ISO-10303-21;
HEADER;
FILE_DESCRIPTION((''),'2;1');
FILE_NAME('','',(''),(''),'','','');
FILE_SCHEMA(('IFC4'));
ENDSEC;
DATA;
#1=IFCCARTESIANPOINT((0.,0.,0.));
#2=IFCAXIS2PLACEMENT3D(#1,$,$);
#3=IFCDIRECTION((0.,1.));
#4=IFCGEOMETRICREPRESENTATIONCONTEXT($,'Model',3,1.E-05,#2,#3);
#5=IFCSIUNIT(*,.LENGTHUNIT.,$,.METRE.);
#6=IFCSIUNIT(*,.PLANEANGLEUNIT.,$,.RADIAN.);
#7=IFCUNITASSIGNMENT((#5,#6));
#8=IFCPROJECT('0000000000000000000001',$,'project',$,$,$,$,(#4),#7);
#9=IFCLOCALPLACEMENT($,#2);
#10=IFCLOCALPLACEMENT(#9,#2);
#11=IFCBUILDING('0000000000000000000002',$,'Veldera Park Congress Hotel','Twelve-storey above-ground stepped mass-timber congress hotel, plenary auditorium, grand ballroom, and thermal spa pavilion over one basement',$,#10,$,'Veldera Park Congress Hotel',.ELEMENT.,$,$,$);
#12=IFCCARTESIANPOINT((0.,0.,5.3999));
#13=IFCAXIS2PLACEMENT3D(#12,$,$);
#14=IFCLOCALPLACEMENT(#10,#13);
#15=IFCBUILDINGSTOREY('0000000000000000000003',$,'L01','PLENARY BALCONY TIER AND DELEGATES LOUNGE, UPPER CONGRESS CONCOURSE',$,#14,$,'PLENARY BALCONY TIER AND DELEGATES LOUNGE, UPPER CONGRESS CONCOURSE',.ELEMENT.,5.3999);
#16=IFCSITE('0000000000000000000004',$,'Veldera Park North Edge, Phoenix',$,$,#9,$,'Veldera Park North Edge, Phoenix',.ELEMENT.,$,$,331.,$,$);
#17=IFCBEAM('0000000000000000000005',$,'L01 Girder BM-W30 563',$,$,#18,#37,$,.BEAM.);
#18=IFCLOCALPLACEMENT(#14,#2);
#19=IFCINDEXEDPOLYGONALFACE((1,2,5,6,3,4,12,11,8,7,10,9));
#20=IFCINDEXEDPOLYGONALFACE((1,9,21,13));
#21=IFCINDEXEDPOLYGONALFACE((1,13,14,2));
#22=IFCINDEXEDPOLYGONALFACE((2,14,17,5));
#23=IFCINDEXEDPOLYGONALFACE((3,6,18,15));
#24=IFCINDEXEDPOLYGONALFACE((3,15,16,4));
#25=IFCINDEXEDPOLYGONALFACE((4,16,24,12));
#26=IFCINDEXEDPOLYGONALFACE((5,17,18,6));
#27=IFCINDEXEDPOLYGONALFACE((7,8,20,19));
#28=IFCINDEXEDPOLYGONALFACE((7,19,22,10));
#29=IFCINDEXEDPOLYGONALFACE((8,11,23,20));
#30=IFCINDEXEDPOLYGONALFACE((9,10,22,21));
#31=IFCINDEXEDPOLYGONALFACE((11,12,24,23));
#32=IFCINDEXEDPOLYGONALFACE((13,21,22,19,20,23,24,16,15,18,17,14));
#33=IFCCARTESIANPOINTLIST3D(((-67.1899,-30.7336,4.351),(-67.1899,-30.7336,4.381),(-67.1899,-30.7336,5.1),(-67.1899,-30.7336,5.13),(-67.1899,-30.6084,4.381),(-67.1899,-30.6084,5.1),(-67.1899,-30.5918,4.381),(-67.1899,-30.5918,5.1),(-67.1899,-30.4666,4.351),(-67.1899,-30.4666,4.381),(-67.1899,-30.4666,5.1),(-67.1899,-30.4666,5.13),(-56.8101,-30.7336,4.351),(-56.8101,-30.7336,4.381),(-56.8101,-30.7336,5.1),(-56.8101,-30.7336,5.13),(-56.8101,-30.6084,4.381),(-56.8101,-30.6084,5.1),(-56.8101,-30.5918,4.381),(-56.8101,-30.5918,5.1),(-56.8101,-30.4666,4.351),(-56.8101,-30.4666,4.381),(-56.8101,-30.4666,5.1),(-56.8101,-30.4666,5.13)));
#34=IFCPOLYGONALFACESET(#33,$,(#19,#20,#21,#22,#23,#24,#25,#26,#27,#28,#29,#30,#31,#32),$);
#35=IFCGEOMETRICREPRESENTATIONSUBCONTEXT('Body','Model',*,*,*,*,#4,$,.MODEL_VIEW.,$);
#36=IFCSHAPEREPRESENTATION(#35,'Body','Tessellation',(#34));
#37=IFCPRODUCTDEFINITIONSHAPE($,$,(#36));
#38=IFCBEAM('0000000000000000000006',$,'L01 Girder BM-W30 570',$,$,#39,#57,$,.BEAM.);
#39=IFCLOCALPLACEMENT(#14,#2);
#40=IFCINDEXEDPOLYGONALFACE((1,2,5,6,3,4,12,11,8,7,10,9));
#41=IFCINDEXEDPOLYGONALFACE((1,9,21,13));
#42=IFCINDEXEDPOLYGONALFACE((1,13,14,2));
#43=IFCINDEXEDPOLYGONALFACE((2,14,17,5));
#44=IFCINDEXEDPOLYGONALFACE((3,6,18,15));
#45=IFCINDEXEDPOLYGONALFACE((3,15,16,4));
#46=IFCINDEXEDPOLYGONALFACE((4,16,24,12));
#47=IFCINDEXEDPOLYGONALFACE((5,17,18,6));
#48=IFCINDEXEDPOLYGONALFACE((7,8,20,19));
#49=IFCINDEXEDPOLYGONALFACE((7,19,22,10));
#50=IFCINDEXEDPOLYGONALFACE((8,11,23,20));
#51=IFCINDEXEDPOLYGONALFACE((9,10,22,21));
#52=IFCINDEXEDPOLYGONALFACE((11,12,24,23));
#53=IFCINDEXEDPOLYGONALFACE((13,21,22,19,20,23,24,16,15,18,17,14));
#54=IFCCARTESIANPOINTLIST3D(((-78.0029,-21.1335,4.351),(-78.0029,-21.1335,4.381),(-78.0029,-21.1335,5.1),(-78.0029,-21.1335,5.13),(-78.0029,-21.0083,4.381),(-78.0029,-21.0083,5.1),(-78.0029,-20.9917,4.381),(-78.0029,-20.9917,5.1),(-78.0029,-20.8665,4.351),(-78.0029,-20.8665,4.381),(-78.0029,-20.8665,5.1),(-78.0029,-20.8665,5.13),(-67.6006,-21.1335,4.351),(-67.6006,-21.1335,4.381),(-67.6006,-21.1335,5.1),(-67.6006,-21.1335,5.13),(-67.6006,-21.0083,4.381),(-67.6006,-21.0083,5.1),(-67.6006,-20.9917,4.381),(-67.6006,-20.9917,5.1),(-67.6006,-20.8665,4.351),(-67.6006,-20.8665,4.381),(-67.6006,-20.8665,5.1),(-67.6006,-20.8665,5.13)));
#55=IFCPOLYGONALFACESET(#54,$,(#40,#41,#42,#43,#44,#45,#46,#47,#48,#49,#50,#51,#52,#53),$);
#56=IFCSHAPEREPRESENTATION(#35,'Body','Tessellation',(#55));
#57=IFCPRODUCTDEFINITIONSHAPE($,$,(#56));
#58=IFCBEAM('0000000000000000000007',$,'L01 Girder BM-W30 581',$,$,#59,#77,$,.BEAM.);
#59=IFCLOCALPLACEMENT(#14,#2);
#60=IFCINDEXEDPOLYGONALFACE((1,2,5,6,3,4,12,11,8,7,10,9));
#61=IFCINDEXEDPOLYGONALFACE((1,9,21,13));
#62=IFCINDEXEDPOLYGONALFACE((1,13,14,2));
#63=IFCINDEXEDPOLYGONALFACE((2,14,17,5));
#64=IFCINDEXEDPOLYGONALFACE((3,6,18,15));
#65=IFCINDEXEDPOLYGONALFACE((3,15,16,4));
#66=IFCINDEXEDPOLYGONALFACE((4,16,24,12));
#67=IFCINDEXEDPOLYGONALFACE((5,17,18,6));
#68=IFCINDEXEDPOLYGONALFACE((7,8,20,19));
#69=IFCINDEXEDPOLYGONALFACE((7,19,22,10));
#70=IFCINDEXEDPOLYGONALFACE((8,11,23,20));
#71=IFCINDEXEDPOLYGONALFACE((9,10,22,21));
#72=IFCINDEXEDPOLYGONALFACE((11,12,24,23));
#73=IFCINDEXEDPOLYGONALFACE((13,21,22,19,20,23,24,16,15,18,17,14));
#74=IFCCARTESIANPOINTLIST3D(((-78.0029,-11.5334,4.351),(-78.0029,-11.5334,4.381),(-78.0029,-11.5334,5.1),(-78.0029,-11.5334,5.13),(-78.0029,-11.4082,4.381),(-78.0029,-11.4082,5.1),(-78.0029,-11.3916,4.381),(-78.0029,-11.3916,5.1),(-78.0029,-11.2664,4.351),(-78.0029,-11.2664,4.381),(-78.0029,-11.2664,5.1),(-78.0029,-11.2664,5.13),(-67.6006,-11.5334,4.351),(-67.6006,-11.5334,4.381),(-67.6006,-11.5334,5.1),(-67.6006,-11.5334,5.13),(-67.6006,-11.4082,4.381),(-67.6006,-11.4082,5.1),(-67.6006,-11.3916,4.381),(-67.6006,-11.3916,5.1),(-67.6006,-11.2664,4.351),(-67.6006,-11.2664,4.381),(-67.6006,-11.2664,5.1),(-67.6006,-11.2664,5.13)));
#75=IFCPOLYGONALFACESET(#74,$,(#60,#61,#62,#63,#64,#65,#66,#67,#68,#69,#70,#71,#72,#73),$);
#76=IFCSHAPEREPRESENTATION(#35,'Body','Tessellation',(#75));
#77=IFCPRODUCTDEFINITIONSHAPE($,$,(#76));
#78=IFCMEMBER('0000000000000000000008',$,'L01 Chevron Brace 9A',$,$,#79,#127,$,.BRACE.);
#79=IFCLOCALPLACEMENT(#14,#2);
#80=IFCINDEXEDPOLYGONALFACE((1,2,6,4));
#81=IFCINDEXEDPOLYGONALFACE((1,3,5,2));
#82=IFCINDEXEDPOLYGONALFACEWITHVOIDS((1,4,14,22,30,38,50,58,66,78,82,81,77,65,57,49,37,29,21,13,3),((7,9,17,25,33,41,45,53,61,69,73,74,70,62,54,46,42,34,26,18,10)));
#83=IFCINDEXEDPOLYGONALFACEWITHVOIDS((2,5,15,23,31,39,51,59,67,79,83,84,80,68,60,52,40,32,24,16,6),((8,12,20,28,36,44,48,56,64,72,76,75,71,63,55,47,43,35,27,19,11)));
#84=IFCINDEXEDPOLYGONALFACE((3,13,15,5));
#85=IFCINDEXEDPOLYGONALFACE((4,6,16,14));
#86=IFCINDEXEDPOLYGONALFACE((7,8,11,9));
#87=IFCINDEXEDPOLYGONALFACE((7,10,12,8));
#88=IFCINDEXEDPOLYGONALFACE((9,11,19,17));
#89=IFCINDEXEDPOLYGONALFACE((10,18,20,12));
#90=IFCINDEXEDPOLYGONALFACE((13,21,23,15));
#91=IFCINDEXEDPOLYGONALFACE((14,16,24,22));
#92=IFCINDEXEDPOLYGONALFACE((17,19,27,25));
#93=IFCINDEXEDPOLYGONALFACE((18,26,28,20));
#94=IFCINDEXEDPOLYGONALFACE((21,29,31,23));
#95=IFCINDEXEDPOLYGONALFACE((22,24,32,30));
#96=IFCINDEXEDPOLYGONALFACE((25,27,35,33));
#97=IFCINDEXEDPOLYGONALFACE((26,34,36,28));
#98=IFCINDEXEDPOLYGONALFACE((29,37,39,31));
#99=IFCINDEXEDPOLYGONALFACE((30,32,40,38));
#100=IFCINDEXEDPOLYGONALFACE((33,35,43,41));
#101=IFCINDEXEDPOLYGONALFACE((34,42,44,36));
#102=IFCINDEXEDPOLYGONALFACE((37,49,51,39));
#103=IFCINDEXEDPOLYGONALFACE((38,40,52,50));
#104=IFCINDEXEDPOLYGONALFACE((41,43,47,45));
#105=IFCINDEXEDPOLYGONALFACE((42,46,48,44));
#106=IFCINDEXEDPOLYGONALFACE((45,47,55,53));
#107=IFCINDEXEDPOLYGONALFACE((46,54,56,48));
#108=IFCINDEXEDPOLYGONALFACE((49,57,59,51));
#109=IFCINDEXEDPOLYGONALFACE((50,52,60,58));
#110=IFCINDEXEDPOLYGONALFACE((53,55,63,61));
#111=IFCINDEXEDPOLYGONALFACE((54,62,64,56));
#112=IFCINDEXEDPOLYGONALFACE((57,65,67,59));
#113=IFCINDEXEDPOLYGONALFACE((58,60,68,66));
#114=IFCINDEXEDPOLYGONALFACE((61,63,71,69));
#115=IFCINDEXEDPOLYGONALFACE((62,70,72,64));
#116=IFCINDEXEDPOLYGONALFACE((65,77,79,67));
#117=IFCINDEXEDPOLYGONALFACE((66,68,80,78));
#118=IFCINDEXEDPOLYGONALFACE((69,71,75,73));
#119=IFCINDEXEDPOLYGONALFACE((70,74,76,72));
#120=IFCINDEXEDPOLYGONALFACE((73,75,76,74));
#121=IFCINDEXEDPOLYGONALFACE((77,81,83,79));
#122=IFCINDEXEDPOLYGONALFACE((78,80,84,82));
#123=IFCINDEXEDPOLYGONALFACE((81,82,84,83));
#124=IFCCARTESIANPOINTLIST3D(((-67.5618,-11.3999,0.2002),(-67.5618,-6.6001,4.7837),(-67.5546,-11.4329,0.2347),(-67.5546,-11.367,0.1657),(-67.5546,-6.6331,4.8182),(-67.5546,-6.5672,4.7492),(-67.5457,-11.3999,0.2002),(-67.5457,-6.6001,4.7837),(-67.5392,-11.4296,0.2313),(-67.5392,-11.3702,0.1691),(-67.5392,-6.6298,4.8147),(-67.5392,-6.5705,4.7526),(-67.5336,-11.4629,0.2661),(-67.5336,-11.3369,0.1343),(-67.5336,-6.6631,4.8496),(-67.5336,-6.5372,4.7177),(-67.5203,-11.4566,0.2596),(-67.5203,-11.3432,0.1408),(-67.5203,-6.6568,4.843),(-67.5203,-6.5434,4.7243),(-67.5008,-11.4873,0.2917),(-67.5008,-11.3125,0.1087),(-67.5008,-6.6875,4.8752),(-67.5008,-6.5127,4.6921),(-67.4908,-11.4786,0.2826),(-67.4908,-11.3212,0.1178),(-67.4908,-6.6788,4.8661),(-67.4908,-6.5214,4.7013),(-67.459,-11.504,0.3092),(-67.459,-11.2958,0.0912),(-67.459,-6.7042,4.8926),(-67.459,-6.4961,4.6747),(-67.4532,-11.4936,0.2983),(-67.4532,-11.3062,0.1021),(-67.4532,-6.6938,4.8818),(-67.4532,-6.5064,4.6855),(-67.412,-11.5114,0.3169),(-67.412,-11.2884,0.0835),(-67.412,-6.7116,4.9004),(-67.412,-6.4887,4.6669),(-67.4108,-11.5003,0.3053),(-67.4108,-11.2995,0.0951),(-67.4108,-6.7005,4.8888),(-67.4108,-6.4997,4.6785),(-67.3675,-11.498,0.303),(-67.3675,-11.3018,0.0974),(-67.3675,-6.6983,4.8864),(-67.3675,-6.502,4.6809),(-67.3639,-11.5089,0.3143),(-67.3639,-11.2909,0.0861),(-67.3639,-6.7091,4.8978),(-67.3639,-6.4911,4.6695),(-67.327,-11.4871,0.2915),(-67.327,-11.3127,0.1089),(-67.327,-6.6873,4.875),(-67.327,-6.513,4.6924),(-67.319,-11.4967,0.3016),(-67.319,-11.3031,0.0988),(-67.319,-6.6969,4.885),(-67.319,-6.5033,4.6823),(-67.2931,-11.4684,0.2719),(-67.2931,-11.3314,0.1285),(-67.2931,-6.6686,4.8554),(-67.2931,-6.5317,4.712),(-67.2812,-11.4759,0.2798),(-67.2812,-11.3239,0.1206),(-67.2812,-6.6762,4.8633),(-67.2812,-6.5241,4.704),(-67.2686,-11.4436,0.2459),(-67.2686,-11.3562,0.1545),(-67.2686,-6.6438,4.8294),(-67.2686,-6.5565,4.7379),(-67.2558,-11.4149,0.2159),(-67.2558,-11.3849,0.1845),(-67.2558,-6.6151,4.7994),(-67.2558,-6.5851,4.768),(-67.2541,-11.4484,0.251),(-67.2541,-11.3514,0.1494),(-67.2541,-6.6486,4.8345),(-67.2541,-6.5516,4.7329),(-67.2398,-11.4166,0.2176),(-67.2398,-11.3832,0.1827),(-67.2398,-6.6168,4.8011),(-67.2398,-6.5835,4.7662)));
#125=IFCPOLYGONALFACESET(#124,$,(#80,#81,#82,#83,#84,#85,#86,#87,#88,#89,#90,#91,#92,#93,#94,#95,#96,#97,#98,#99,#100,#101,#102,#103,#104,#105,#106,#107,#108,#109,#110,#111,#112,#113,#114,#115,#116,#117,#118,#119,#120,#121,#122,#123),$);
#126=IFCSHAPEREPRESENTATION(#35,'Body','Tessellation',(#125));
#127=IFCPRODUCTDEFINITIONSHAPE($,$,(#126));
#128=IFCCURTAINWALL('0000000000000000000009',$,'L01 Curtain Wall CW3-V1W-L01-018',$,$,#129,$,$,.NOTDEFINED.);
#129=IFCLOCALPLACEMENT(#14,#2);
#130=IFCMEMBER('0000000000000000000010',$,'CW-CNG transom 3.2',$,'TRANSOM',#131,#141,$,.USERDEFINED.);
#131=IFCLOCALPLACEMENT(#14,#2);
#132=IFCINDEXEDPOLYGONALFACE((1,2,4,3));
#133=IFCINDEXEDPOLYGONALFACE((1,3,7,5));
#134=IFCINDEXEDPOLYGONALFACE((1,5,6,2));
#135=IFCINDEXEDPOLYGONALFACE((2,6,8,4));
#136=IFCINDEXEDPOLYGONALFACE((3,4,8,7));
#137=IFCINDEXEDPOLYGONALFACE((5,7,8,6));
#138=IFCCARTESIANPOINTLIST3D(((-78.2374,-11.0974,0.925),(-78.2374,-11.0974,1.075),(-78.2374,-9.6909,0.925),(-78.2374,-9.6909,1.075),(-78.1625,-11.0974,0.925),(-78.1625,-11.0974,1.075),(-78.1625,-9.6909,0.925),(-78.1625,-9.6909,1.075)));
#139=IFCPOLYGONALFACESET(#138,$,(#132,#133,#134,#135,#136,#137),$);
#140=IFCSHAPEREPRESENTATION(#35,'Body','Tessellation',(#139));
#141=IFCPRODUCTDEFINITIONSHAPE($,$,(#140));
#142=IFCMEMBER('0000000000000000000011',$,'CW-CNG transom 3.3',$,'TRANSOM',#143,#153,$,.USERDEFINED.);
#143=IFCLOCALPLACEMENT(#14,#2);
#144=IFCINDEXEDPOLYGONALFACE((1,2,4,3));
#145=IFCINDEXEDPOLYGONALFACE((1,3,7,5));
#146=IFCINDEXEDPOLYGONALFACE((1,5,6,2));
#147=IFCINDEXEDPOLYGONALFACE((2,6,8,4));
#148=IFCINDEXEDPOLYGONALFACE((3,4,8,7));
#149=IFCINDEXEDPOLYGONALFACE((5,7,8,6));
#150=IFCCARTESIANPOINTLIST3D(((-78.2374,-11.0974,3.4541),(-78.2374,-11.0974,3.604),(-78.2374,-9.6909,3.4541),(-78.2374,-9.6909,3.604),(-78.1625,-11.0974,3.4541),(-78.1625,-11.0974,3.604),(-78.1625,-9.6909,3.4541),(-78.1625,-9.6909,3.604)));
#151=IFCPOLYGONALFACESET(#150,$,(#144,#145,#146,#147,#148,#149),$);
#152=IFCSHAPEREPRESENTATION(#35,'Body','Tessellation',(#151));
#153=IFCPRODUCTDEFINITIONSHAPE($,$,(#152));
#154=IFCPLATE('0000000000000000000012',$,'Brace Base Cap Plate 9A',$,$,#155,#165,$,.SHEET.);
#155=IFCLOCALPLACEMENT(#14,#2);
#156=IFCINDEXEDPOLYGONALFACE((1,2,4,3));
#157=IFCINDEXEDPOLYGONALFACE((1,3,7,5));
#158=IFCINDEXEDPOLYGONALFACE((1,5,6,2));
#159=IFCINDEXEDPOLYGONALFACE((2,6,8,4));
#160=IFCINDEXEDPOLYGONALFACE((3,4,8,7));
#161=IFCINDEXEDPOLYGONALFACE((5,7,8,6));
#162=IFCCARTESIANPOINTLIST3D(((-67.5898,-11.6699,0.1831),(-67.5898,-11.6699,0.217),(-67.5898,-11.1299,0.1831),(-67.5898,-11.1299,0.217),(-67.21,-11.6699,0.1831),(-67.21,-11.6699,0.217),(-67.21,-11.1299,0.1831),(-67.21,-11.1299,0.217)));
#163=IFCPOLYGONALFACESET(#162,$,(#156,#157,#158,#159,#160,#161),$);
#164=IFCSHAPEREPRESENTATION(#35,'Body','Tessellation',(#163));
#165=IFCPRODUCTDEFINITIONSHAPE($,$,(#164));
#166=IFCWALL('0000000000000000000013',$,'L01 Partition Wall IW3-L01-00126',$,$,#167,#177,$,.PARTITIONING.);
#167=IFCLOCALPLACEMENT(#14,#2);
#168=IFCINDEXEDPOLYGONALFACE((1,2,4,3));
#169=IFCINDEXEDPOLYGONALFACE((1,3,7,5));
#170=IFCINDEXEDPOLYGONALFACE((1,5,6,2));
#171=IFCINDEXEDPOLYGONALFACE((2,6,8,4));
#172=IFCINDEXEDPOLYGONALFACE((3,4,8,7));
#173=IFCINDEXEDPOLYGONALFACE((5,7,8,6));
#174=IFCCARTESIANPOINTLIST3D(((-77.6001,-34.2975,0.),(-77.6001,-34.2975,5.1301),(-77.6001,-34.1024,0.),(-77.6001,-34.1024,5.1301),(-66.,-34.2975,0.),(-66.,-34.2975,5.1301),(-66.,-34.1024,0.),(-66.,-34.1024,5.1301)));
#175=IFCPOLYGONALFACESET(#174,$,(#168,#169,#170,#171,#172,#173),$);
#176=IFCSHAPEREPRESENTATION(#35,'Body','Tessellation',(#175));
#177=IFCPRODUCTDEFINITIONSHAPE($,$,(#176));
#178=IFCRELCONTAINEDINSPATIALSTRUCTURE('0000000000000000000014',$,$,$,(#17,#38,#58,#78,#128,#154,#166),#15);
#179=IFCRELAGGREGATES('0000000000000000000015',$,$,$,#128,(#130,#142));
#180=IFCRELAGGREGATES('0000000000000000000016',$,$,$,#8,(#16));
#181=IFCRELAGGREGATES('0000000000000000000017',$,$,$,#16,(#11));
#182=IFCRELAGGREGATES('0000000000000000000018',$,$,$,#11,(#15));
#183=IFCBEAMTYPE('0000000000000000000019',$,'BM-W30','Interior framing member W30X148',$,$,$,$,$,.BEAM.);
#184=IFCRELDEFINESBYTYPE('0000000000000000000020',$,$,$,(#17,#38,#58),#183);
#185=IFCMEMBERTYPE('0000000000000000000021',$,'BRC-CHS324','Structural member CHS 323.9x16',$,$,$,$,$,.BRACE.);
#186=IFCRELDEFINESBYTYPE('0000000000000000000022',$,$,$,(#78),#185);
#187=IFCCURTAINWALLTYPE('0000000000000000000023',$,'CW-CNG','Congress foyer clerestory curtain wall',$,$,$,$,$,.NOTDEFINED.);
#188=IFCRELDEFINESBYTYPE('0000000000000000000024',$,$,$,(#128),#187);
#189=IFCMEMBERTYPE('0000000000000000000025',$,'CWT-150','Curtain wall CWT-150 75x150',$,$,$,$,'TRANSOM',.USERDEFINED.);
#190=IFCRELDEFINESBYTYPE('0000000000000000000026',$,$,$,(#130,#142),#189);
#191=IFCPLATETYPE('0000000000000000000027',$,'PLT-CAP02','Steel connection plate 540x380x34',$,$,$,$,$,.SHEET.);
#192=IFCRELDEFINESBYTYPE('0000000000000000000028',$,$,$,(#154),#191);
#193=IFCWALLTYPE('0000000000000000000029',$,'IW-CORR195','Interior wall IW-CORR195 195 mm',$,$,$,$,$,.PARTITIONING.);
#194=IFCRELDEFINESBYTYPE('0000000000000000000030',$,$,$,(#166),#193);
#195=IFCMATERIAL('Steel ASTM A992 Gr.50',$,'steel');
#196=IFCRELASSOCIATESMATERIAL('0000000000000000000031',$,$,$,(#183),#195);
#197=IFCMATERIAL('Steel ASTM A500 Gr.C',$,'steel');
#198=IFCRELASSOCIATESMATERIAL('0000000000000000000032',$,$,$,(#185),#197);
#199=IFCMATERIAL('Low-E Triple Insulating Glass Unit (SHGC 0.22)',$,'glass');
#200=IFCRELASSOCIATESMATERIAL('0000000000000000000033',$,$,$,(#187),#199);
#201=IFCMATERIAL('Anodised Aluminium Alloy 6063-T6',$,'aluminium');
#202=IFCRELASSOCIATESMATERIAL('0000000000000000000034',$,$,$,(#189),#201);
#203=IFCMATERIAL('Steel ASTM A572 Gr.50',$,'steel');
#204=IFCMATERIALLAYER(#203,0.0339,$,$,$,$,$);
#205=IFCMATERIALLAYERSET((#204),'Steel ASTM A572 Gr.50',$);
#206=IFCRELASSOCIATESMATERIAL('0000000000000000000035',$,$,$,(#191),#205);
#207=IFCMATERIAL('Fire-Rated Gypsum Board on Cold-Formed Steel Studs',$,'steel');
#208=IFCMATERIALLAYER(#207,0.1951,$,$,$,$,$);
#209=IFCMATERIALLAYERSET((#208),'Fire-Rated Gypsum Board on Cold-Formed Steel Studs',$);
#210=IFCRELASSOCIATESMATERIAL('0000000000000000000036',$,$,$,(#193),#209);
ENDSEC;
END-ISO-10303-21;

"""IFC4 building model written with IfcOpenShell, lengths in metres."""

from ifc_helpers import new_model, si_unit, direction, frame, frame_2d, origin, origin_2d, place, context, subcontext, project, spatial, rectangle, hollow_circle, i_section, extrude, material, layer, layer_set, material_profile, profile_set, type_object, element, aggregate, save


model = new_model("IFC4")

# Units and contexts
model_context = context("Model", 3, precision=1e-05, world=origin(), true_north=direction((0.0, 1.0)))
body_context = subcontext(model_context, "Body", "Model", "MODEL_VIEW")
ifc_project = project(units=[si_unit("LENGTHUNIT", "METRE"), si_unit("PLANEANGLEUNIT", "RADIAN")], contexts=[model_context])

# Site, building, storey
site_placement = place(None, origin())
site = spatial("IfcSite", under=ifc_project, at=site_placement, Name="Veldera Park North Edge, Phoenix", LongName="Veldera Park North Edge, Phoenix", CompositionType="ELEMENT", RefElevation=331.0)
building_placement = place(site_placement, origin())
building = spatial("IfcBuilding", under=site, at=building_placement, Name="Veldera Park Congress Hotel", Description="Twelve-storey above-ground stepped mass-timber congress hotel, plenary auditorium, grand ballroom, and thermal spa pavilion over one basement", LongName="Veldera Park Congress Hotel", CompositionType="ELEMENT")
storey_placement = place(building_placement, frame((0.0, 0.0, 5.3999)))
storey = spatial("IfcBuildingStorey", under=building, at=storey_placement, Name="L01", Description="PLENARY BALCONY TIER AND DELEGATES LOUNGE, UPPER CONGRESS CONCOURSE", LongName="PLENARY BALCONY TIER AND DELEGATES LOUNGE, UPPER CONGRESS CONCOURSE", CompositionType="ELEMENT", Elevation=5.3999)

# Shared definitions
ifc_material_1 = material(Name="Steel ASTM A992 Gr.50", Category="steel")

# Beams
ifc_material_profile_1 = material_profile(ifc_material_1, i_section(OverallWidth=0.2671, OverallDepth=0.7791, WebThickness=0.0166, FlangeThickness=0.03, at=origin_2d()), Name="W30X148")
ifc_profile_set_1 = profile_set([ifc_material_profile_1], Name="Steel ASTM A992 Gr.50")
beam_type_1 = type_object("IfcBeamType", Name="BM-W30", Description="Interior framing member W30X148", PredefinedType="BEAM", material=ifc_profile_set_1)
beam_1_placement = place(storey_placement, frame((-67.1899, -30.6001, 4.7405), z_axis=(1.0, 0.0, 0.0), x_axis=(0.0, 1.0, 0.0)))
element("IfcBeam", 1, at=beam_1_placement, inside=storey, type_object=beam_type_1, Name="L01 Girder BM-W30 563", PredefinedType="BEAM", context=body_context, shape_type="SweptSolid", body=[
    extrude(i_section(OverallWidth=0.2671, OverallDepth=0.7791, WebThickness=0.0166, FlangeThickness=0.03, at=origin_2d()), origin(), (0.0, 0.0, 1.0), 10.3799),
])
for number, where, z_axis, x_axis, name in (
    (2, (-78.0029, -21.0, 4.7405), (1.0, 0.0, 0.0), (0.0, 1.0, 0.0), "L01 Girder BM-W30 570"),
    (3, (-78.0029, -11.3999, 4.7405), (1.0, 0.0, 0.0), (0.0, 1.0, 0.0), "L01 Girder BM-W30 581"),
):
    element("IfcBeam", number, at=place(storey_placement, frame(where, z_axis=z_axis, x_axis=x_axis)), inside=storey, type_object=beam_type_1, Name=name, PredefinedType="BEAM", context=body_context, shape_type="SweptSolid", body=[
        extrude(i_section(OverallWidth=0.2671, OverallDepth=0.7791, WebThickness=0.0166, FlangeThickness=0.03, at=origin_2d()), origin(), (0.0, 0.0, 1.0), 10.4023),
    ])

# Member
ifc_material_2 = material(Name="Steel ASTM A500 Gr.C", Category="steel")
ifc_material_profile_2 = material_profile(ifc_material_2, hollow_circle(Radius=0.1619, WallThickness=0.0161, at=origin_2d()), Name="CHS 323.9x16")
ifc_profile_set_2 = profile_set([ifc_material_profile_2], Name="Steel ASTM A500 Gr.C")
member_type_1 = type_object("IfcMemberType", Name="BRC-CHS324", Description="Structural member CHS 323.9x16", PredefinedType="BRACE", material=ifc_profile_set_2)
member_1_placement = place(storey_placement, frame((-67.3999, -11.3999, 0.2002), z_axis=(0.0, 0.723215, 0.690623), x_axis=(-1.0, 0.0, 0.0)))
element("IfcMember", 4, at=member_1_placement, inside=storey, type_object=member_type_1, Name="L01 Chevron Brace 9A", PredefinedType="BRACE", context=body_context, shape_type="SweptSolid", body=[
    extrude(hollow_circle(Radius=0.1619, WallThickness=0.0161, at=origin_2d()), origin(), (0.0, 0.0, 1.0), 6.6367),
])

# Curtain wall, members
ifc_material_3 = material(Name="Low-E Triple Insulating Glass Unit (SHGC 0.22)", Category="glass")
curtain_wall_type = type_object("IfcCurtainWallType", Name="CW-CNG", Description="Congress foyer clerestory curtain wall", PredefinedType="NOTDEFINED", material=ifc_material_3)
curtain_wall_placement = place(storey_placement, origin())
curtain_wall = element("IfcCurtainWall", 5, at=curtain_wall_placement, inside=storey, type_object=curtain_wall_type, Name="L01 Curtain Wall CW3-V1W-L01-018", PredefinedType="NOTDEFINED")
ifc_material_4 = material(Name="Anodised Aluminium Alloy 6063-T6", Category="aluminium")
ifc_material_profile_3 = material_profile(ifc_material_4, rectangle(XDim=0.075, YDim=0.1499, at=origin_2d()), Name="ALU 75x150")
ifc_profile_set_3 = profile_set([ifc_material_profile_3], Name="Anodised Aluminium Alloy 6063-T6")
member_type_2 = type_object("IfcMemberType", Name="CWT-150", Description="Curtain wall CWT-150 75x150", ElementType="TRANSOM", PredefinedType="USERDEFINED", material=ifc_profile_set_3)
member_2_placement = place(storey_placement, frame((-78.2, -9.6909, 1.0), z_axis=(0.0, -1.0, 0.0), x_axis=(1.0, 0.0, 0.0)))
member_2 = element("IfcMember", 6, at=member_2_placement, type_object=member_type_2, Name="CW-CNG transom 3.2", ObjectType="TRANSOM", PredefinedType="USERDEFINED", context=body_context, shape_type="SweptSolid", body=[
    extrude(rectangle(XDim=0.075, YDim=0.1499, at=origin_2d()), origin(), (0.0, 0.0, 1.0), 1.4065),
])
member_3_placement = place(storey_placement, frame((-78.2, -9.6909, 3.5291), z_axis=(0.0, -1.0, 0.0), x_axis=(1.0, 0.0, 0.0)))
member_3 = element("IfcMember", 7, at=member_3_placement, type_object=member_type_2, Name="CW-CNG transom 3.3", ObjectType="TRANSOM", PredefinedType="USERDEFINED", context=body_context, shape_type="SweptSolid", body=[
    extrude(rectangle(XDim=0.075, YDim=0.1499, at=origin_2d()), origin(), (0.0, 0.0, 1.0), 1.4065),
])
aggregate(curtain_wall, [member_2, member_3])

# Plate
ifc_material_5 = material(Name="Steel ASTM A572 Gr.50", Category="steel")
ifc_layer_1 = layer(ifc_material_5, 0.0339)
ifc_layer_set_1 = layer_set([ifc_layer_1], Name="Steel ASTM A572 Gr.50")
plate_type = type_object("IfcPlateType", Name="PLT-CAP02", Description="Steel connection plate 540x380x34", PredefinedType="SHEET", material=ifc_layer_set_1)
plate_placement = place(storey_placement, frame((-67.3999, -11.3999, 0.1831), z_axis=(0.0, 0.0, 1.0), x_axis=(0.0, 1.0, 0.0)))
element("IfcPlate", 8, at=plate_placement, inside=storey, type_object=plate_type, Name="Brace Base Cap Plate 9A", PredefinedType="SHEET", context=body_context, shape_type="SweptSolid", body=[
    extrude(rectangle(XDim=0.54, YDim=0.3799, at=origin_2d()), origin(), (0.0, 0.0, 1.0), 0.0339),
])

# Wall
ifc_material_6 = material(Name="Fire-Rated Gypsum Board on Cold-Formed Steel Studs", Category="steel")
ifc_layer_2 = layer(ifc_material_6, 0.1951)
ifc_layer_set_2 = layer_set([ifc_layer_2], Name="Fire-Rated Gypsum Board on Cold-Formed Steel Studs")
wall_type = type_object("IfcWallType", Name="IW-CORR195", Description="Interior wall IW-CORR195 195 mm", PredefinedType="PARTITIONING", material=ifc_layer_set_2)
wall_1_placement = place(storey_placement, frame((-77.6001, -34.2, 0.0), z_axis=(0.0, 0.0, 1.0), x_axis=(1.0, 0.0, 0.0)))
element("IfcWall", 9, at=wall_1_placement, inside=storey, type_object=wall_type, Name="L01 Partition Wall IW3-L01-00126", PredefinedType="PARTITIONING", context=body_context, shape_type="SweptSolid", body=[
    extrude(rectangle(XDim=11.6001, YDim=0.1951, at=frame_2d((5.8, 0.0))), origin(), (0.0, 0.0, 1.0), 5.1301),
])

save(model, "model.ifc")
